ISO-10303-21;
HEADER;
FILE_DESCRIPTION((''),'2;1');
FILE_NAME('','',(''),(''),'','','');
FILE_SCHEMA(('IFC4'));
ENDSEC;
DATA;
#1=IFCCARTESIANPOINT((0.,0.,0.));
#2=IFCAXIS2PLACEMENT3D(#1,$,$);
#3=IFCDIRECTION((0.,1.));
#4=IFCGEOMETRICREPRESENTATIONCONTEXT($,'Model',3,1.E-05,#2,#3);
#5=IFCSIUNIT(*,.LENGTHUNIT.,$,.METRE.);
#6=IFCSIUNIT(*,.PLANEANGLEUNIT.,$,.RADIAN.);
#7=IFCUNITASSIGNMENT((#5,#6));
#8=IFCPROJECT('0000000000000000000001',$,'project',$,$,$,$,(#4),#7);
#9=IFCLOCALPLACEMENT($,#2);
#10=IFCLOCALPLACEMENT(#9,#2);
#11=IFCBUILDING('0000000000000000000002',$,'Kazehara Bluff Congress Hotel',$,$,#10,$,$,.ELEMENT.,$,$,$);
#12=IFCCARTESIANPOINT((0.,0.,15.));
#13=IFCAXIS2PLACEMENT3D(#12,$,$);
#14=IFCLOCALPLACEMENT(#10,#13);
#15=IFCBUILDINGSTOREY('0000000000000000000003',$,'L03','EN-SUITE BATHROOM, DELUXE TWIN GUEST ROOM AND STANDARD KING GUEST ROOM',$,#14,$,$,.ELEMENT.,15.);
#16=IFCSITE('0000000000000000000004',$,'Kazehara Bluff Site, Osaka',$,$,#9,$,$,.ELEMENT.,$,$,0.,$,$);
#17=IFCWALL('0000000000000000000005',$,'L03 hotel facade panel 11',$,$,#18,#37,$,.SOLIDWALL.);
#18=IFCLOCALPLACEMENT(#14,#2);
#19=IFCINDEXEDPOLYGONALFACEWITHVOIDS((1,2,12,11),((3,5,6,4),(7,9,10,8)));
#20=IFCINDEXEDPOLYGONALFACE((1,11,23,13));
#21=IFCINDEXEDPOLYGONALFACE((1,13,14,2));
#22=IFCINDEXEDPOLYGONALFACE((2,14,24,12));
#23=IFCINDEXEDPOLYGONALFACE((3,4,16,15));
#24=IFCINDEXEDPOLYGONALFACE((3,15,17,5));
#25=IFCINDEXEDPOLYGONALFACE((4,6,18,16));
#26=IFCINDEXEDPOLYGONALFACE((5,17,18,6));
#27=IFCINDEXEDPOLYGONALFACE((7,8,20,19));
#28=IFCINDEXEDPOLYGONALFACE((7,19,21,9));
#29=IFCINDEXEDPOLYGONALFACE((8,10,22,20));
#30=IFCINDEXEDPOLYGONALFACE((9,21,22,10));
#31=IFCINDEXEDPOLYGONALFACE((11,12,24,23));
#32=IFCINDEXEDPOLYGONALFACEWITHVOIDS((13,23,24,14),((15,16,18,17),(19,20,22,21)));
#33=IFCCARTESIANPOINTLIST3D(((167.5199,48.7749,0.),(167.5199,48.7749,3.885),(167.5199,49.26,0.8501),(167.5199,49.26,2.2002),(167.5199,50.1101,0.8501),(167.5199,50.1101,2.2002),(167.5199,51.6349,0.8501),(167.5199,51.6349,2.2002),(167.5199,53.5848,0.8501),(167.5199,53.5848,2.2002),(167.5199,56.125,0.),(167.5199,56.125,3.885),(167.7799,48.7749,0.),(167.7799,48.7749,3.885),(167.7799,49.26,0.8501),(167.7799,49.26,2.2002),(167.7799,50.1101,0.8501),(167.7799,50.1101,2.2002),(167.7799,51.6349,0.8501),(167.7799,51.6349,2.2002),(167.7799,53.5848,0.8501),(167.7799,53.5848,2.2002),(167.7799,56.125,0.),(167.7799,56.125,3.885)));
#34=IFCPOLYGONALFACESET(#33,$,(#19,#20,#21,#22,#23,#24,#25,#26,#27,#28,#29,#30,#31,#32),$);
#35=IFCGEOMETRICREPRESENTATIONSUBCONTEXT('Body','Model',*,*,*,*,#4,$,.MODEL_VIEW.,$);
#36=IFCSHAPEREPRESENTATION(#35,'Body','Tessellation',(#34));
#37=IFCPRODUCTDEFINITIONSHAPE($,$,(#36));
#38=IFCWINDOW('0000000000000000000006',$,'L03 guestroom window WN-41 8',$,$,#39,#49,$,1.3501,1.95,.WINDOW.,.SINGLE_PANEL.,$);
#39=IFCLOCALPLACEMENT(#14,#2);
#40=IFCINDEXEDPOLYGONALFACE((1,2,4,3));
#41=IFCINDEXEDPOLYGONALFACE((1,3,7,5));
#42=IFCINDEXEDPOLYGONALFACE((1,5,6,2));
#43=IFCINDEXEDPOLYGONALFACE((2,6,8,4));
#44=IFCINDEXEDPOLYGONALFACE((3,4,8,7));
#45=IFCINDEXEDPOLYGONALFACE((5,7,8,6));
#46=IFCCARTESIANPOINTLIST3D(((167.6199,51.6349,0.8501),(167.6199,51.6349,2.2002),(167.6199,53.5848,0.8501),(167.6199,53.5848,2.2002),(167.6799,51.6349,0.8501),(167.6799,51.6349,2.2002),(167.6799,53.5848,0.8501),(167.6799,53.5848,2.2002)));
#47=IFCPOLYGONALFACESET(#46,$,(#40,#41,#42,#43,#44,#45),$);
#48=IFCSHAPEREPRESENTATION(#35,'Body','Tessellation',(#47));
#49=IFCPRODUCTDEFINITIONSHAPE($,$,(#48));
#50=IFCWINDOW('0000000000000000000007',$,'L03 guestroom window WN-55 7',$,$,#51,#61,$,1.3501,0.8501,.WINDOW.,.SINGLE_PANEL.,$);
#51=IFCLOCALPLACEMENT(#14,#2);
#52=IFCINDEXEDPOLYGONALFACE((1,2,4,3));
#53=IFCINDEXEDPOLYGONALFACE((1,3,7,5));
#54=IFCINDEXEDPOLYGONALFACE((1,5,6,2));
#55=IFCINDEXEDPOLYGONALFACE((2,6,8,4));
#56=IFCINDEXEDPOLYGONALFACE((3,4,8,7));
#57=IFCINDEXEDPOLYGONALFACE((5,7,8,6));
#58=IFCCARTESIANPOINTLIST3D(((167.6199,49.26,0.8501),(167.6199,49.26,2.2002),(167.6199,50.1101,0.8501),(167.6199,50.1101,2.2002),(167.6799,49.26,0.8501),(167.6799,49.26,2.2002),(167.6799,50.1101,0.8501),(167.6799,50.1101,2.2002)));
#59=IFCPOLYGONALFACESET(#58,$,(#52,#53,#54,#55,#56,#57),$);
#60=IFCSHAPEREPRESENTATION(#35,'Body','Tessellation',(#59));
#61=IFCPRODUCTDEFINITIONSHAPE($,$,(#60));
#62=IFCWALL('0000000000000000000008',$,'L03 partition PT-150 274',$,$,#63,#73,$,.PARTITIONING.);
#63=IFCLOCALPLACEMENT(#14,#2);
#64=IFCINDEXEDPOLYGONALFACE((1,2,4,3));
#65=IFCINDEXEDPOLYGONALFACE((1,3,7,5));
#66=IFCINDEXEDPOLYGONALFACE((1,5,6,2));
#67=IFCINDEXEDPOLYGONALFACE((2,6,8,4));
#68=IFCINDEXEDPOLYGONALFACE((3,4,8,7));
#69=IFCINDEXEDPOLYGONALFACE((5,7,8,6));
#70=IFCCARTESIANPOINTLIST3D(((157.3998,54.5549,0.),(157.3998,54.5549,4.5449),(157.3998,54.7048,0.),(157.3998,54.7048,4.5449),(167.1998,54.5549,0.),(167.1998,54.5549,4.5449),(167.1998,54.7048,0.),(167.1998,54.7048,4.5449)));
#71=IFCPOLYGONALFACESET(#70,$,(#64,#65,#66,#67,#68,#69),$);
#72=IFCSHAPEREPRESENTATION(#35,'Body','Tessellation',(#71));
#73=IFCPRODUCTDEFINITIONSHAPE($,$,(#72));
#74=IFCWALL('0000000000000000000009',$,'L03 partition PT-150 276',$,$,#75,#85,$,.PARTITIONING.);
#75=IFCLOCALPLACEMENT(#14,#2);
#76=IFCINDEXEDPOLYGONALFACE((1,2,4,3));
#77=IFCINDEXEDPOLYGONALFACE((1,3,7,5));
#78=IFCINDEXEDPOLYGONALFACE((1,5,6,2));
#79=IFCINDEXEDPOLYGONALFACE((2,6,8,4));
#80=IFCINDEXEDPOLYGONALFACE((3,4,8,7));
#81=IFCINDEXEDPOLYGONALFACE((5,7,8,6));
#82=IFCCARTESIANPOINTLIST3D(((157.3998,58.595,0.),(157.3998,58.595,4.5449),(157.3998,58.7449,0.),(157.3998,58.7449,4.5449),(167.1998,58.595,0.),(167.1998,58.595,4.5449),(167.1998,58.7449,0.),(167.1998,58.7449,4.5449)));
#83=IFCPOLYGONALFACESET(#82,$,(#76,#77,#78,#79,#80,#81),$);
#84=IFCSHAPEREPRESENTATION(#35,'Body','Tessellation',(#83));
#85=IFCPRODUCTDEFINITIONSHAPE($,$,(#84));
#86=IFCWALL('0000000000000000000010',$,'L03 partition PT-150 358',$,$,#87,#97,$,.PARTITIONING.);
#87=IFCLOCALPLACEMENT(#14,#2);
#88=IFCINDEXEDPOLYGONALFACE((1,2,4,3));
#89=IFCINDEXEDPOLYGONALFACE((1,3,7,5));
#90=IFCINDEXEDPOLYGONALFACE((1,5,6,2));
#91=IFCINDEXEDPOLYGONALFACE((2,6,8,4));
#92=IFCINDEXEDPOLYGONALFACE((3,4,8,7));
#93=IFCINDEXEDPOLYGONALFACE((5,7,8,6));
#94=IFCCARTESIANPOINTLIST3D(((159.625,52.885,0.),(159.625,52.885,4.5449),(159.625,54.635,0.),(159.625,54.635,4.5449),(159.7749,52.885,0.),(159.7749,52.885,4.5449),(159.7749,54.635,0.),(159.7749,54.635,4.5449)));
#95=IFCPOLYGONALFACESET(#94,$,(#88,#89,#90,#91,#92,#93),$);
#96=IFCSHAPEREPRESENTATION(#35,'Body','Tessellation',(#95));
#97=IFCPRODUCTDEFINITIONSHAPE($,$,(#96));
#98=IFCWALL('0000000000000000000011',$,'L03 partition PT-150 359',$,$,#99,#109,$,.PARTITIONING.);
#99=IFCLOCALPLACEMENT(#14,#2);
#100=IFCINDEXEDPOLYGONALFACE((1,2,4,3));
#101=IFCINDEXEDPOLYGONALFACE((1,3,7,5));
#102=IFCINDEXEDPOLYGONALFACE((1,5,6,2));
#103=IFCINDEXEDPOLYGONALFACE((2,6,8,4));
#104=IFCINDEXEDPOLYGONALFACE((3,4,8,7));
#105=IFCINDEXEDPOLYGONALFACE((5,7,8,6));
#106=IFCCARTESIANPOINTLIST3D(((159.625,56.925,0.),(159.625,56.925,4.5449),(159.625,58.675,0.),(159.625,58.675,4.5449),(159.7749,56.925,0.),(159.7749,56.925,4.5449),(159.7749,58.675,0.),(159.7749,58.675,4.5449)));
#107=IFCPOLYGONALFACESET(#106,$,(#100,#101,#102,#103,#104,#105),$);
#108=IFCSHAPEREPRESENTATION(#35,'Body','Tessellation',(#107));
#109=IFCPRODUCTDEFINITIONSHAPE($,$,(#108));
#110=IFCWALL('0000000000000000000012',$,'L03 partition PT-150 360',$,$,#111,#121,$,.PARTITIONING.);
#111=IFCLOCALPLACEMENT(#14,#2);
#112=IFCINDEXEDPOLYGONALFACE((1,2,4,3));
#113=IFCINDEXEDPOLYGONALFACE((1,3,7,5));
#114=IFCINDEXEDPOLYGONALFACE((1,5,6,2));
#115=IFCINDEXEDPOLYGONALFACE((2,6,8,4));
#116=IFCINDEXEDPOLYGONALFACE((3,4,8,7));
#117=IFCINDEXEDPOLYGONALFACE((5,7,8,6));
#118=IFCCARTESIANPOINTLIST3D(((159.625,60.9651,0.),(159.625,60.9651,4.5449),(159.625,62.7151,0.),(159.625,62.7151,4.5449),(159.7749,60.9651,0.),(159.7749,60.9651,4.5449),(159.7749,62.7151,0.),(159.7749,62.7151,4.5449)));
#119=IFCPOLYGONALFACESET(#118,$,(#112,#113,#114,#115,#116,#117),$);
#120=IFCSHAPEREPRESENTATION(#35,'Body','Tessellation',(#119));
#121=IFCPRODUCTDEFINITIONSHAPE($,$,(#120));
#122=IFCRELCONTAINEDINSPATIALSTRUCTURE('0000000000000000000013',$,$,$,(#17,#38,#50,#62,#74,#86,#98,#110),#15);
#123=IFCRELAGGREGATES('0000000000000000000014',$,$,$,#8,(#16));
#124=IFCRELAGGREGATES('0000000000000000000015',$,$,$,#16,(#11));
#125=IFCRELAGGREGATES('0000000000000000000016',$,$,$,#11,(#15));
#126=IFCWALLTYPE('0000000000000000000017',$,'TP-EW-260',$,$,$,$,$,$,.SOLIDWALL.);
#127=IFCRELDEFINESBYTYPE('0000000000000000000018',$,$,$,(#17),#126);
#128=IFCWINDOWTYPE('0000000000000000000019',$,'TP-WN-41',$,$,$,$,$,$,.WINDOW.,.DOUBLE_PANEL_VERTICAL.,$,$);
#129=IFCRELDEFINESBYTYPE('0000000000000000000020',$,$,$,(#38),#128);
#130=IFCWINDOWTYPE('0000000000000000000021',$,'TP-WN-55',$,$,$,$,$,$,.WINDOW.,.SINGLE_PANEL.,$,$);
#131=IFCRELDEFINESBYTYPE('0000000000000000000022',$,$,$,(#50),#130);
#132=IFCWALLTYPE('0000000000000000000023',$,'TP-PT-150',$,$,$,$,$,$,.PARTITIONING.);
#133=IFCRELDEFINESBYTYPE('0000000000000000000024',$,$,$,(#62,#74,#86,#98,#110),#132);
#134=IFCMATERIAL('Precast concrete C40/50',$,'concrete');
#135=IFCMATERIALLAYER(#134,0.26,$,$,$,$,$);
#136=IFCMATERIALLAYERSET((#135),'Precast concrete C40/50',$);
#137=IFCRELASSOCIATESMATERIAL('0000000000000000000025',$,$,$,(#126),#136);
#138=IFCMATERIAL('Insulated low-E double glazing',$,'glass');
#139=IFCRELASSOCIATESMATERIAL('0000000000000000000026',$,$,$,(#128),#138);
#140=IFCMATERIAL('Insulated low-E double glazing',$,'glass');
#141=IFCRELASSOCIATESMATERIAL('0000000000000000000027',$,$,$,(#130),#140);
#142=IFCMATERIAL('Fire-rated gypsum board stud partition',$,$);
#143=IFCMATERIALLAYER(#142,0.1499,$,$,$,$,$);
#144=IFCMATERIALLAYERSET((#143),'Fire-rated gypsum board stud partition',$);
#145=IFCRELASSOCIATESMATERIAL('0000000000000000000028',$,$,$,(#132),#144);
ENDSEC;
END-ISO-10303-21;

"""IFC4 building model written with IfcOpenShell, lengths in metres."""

from ifc_helpers import new_model, si_unit, direction, frame, frame_2d, origin, place, context, subcontext, project, spatial, rectangle, extrude, material, layer, layer_set, type_object, element, fill, save


model = new_model("IFC4")

# Units and contexts
model_context = context("Model", 3, precision=1e-05, world=origin(), true_north=direction((0.0, 1.0)))
body_context = subcontext(model_context, "Body", "Model", "MODEL_VIEW")
ifc_project = project(units=[si_unit("LENGTHUNIT", "METRE"), si_unit("PLANEANGLEUNIT", "RADIAN")], contexts=[model_context])

# Site, building, storey
site_placement = place(None, origin())
site = spatial("IfcSite", under=ifc_project, at=site_placement, Name="Kazehara Bluff Site, Osaka", CompositionType="ELEMENT", RefElevation=0.0)
building_placement = place(site_placement, origin())
building = spatial("IfcBuilding", under=site, at=building_placement, Name="Kazehara Bluff Congress Hotel", CompositionType="ELEMENT")
storey_placement = place(building_placement, frame((0.0, 0.0, 15.0)))
storey = spatial("IfcBuildingStorey", under=building, at=storey_placement, Name="L03", Description="EN-SUITE BATHROOM, DELUXE TWIN GUEST ROOM AND STANDARD KING GUEST ROOM", CompositionType="ELEMENT", Elevation=15.0)

# Wall, openings, windows
ifc_material_1 = material(Name="Precast concrete C40/50", Category="concrete")
ifc_layer_1 = layer(ifc_material_1, 0.26)
ifc_layer_set_1 = layer_set([ifc_layer_1], Name="Precast concrete C40/50")
wall_type_1 = type_object("IfcWallType", Name="TP-EW-260", PredefinedType="SOLIDWALL", material=ifc_layer_set_1)
wall_1_placement = place(storey_placement, frame((167.6499, 56.125, 0.0), z_axis=(0.0, 0.0, 1.0), x_axis=(0.0, -1.0, 0.0)))
wall_1 = element("IfcWall", 1, at=wall_1_placement, inside=storey, type_object=wall_type_1, Name="L03 hotel facade panel 11", PredefinedType="SOLIDWALL", context=body_context, shape_type="SweptSolid", body=[
    extrude(rectangle(XDim=7.3501, YDim=0.26, at=frame_2d((3.675, 0.0))), origin(), (0.0, 0.0, 1.0), 3.885),
])
opening_1_placement = place(wall_1_placement, frame((6.0149, 0.0, 0.8501)))
opening_1 = element("IfcOpeningElement", 2, at=opening_1_placement, cuts=wall_1, PredefinedType="OPENING", context=body_context, shape_type="SweptSolid", body=[
    extrude(rectangle(XDim=0.8501, YDim=1.3501, at=frame_2d((0.425, 0.675))), frame((0.0, 0.1399, 0.0), z_axis=(0.0, -1.0, 0.0), x_axis=(1.0, 0.0, 0.0)), (0.0, 0.0, 1.0), 0.28),
])
opening_2_placement = place(wall_1_placement, frame((2.54, 0.0, 0.8501)))
opening_2 = element("IfcOpeningElement", 3, at=opening_2_placement, cuts=wall_1, PredefinedType="OPENING", context=body_context, shape_type="SweptSolid", body=[
    extrude(rectangle(XDim=1.95, YDim=1.3501, at=frame_2d((0.9751, 0.675))), frame((0.0, 0.1399, 0.0), z_axis=(0.0, -1.0, 0.0), x_axis=(1.0, 0.0, 0.0)), (0.0, 0.0, 1.0), 0.28),
])
ifc_material_2 = material(Name="Insulated low-E double glazing", Category="glass")
window_type_1 = type_object("IfcWindowType", Name="TP-WN-41", PartitioningType="DOUBLE_PANEL_VERTICAL", PredefinedType="WINDOW", material=ifc_material_2)
window_1_placement = place(opening_2_placement, origin())
window_1 = element("IfcWindow", 4, at=window_1_placement, inside=storey, type_object=window_type_1, Name="L03 guestroom window WN-41 8", OverallHeight=1.3501, OverallWidth=1.95, PartitioningType="SINGLE_PANEL", PredefinedType="WINDOW", context=body_context, shape_type="SweptSolid", body=[
    extrude(rectangle(XDim=1.95, YDim=1.3501, at=frame_2d((0.9751, 0.675))), frame((0.0, 0.03, 0.0), z_axis=(0.0, -1.0, 0.0), x_axis=(1.0, 0.0, 0.0)), (0.0, 0.0, 1.0), 0.0601),
])
fill(opening_2, window_1)
ifc_material_3 = material(Name="Insulated low-E double glazing", Category="glass")
window_type_2 = type_object("IfcWindowType", Name="TP-WN-55", PartitioningType="SINGLE_PANEL", PredefinedType="WINDOW", material=ifc_material_3)
window_2_placement = place(opening_1_placement, origin())
window_2 = element("IfcWindow", 5, at=window_2_placement, inside=storey, type_object=window_type_2, Name="L03 guestroom window WN-55 7", OverallHeight=1.3501, OverallWidth=0.8501, PartitioningType="SINGLE_PANEL", PredefinedType="WINDOW", context=body_context, shape_type="SweptSolid", body=[
    extrude(rectangle(XDim=0.8501, YDim=1.3501, at=frame_2d((0.425, 0.675))), frame((0.0, 0.03, 0.0), z_axis=(0.0, -1.0, 0.0), x_axis=(1.0, 0.0, 0.0)), (0.0, 0.0, 1.0), 0.0601),
])
fill(opening_1, window_2)

# Wall
ifc_material_4 = material(Name="Fire-rated gypsum board stud partition")
ifc_layer_2 = layer(ifc_material_4, 0.1499)
ifc_layer_set_2 = layer_set([ifc_layer_2], Name="Fire-rated gypsum board stud partition")
wall_type_2 = type_object("IfcWallType", Name="TP-PT-150", PredefinedType="PARTITIONING", material=ifc_layer_set_2)
wall_2_placement = place(storey_placement, frame((157.3999, 54.6299, 0.0), z_axis=(0.0, 0.0, 1.0), x_axis=(1.0, 0.0, 0.0)))
element("IfcWall", 6, at=wall_2_placement, inside=storey, type_object=wall_type_2, Name="L03 partition PT-150 274", PredefinedType="PARTITIONING", context=body_context, shape_type="SweptSolid", body=[
    extrude(rectangle(XDim=9.8, YDim=0.1499, at=frame_2d((4.8999, 0.0))), origin(), (0.0, 0.0, 1.0), 4.5449),
])

# Wall
wall_3_placement = place(storey_placement, frame((157.3999, 58.6699, 0.0), z_axis=(0.0, 0.0, 1.0), x_axis=(1.0, 0.0, 0.0)))
element("IfcWall", 7, at=wall_3_placement, inside=storey, type_object=wall_type_2, Name="L03 partition PT-150 276", PredefinedType="PARTITIONING", context=body_context, shape_type="SweptSolid", body=[
    extrude(rectangle(XDim=9.8, YDim=0.1499, at=frame_2d((4.8999, 0.0))), origin(), (0.0, 0.0, 1.0), 4.5449),
])

# Walls
for number, where, z_axis, x_axis, name in (
    (8, (159.7, 52.885, 0.0), (0.0, 0.0, 1.0), (0.0, 1.0, 0.0), "L03 partition PT-150 358"),
    (9, (159.7, 56.925, 0.0), (0.0, 0.0, 1.0), (0.0, 1.0, 0.0), "L03 partition PT-150 359"),
    (10, (159.7, 60.9651, 0.0), (0.0, 0.0, 1.0), (0.0, 1.0, 0.0), "L03 partition PT-150 360"),
):
    element("IfcWall", number, at=place(storey_placement, frame(where, z_axis=z_axis, x_axis=x_axis)), inside=storey, type_object=wall_type_2, Name=name, PredefinedType="PARTITIONING", context=body_context, shape_type="SweptSolid", body=[
        extrude(rectangle(XDim=1.75, YDim=0.1499, at=frame_2d((0.875, 0.0))), origin(), (0.0, 0.0, 1.0), 4.5449),
    ])

save(model, "model.ifc")
